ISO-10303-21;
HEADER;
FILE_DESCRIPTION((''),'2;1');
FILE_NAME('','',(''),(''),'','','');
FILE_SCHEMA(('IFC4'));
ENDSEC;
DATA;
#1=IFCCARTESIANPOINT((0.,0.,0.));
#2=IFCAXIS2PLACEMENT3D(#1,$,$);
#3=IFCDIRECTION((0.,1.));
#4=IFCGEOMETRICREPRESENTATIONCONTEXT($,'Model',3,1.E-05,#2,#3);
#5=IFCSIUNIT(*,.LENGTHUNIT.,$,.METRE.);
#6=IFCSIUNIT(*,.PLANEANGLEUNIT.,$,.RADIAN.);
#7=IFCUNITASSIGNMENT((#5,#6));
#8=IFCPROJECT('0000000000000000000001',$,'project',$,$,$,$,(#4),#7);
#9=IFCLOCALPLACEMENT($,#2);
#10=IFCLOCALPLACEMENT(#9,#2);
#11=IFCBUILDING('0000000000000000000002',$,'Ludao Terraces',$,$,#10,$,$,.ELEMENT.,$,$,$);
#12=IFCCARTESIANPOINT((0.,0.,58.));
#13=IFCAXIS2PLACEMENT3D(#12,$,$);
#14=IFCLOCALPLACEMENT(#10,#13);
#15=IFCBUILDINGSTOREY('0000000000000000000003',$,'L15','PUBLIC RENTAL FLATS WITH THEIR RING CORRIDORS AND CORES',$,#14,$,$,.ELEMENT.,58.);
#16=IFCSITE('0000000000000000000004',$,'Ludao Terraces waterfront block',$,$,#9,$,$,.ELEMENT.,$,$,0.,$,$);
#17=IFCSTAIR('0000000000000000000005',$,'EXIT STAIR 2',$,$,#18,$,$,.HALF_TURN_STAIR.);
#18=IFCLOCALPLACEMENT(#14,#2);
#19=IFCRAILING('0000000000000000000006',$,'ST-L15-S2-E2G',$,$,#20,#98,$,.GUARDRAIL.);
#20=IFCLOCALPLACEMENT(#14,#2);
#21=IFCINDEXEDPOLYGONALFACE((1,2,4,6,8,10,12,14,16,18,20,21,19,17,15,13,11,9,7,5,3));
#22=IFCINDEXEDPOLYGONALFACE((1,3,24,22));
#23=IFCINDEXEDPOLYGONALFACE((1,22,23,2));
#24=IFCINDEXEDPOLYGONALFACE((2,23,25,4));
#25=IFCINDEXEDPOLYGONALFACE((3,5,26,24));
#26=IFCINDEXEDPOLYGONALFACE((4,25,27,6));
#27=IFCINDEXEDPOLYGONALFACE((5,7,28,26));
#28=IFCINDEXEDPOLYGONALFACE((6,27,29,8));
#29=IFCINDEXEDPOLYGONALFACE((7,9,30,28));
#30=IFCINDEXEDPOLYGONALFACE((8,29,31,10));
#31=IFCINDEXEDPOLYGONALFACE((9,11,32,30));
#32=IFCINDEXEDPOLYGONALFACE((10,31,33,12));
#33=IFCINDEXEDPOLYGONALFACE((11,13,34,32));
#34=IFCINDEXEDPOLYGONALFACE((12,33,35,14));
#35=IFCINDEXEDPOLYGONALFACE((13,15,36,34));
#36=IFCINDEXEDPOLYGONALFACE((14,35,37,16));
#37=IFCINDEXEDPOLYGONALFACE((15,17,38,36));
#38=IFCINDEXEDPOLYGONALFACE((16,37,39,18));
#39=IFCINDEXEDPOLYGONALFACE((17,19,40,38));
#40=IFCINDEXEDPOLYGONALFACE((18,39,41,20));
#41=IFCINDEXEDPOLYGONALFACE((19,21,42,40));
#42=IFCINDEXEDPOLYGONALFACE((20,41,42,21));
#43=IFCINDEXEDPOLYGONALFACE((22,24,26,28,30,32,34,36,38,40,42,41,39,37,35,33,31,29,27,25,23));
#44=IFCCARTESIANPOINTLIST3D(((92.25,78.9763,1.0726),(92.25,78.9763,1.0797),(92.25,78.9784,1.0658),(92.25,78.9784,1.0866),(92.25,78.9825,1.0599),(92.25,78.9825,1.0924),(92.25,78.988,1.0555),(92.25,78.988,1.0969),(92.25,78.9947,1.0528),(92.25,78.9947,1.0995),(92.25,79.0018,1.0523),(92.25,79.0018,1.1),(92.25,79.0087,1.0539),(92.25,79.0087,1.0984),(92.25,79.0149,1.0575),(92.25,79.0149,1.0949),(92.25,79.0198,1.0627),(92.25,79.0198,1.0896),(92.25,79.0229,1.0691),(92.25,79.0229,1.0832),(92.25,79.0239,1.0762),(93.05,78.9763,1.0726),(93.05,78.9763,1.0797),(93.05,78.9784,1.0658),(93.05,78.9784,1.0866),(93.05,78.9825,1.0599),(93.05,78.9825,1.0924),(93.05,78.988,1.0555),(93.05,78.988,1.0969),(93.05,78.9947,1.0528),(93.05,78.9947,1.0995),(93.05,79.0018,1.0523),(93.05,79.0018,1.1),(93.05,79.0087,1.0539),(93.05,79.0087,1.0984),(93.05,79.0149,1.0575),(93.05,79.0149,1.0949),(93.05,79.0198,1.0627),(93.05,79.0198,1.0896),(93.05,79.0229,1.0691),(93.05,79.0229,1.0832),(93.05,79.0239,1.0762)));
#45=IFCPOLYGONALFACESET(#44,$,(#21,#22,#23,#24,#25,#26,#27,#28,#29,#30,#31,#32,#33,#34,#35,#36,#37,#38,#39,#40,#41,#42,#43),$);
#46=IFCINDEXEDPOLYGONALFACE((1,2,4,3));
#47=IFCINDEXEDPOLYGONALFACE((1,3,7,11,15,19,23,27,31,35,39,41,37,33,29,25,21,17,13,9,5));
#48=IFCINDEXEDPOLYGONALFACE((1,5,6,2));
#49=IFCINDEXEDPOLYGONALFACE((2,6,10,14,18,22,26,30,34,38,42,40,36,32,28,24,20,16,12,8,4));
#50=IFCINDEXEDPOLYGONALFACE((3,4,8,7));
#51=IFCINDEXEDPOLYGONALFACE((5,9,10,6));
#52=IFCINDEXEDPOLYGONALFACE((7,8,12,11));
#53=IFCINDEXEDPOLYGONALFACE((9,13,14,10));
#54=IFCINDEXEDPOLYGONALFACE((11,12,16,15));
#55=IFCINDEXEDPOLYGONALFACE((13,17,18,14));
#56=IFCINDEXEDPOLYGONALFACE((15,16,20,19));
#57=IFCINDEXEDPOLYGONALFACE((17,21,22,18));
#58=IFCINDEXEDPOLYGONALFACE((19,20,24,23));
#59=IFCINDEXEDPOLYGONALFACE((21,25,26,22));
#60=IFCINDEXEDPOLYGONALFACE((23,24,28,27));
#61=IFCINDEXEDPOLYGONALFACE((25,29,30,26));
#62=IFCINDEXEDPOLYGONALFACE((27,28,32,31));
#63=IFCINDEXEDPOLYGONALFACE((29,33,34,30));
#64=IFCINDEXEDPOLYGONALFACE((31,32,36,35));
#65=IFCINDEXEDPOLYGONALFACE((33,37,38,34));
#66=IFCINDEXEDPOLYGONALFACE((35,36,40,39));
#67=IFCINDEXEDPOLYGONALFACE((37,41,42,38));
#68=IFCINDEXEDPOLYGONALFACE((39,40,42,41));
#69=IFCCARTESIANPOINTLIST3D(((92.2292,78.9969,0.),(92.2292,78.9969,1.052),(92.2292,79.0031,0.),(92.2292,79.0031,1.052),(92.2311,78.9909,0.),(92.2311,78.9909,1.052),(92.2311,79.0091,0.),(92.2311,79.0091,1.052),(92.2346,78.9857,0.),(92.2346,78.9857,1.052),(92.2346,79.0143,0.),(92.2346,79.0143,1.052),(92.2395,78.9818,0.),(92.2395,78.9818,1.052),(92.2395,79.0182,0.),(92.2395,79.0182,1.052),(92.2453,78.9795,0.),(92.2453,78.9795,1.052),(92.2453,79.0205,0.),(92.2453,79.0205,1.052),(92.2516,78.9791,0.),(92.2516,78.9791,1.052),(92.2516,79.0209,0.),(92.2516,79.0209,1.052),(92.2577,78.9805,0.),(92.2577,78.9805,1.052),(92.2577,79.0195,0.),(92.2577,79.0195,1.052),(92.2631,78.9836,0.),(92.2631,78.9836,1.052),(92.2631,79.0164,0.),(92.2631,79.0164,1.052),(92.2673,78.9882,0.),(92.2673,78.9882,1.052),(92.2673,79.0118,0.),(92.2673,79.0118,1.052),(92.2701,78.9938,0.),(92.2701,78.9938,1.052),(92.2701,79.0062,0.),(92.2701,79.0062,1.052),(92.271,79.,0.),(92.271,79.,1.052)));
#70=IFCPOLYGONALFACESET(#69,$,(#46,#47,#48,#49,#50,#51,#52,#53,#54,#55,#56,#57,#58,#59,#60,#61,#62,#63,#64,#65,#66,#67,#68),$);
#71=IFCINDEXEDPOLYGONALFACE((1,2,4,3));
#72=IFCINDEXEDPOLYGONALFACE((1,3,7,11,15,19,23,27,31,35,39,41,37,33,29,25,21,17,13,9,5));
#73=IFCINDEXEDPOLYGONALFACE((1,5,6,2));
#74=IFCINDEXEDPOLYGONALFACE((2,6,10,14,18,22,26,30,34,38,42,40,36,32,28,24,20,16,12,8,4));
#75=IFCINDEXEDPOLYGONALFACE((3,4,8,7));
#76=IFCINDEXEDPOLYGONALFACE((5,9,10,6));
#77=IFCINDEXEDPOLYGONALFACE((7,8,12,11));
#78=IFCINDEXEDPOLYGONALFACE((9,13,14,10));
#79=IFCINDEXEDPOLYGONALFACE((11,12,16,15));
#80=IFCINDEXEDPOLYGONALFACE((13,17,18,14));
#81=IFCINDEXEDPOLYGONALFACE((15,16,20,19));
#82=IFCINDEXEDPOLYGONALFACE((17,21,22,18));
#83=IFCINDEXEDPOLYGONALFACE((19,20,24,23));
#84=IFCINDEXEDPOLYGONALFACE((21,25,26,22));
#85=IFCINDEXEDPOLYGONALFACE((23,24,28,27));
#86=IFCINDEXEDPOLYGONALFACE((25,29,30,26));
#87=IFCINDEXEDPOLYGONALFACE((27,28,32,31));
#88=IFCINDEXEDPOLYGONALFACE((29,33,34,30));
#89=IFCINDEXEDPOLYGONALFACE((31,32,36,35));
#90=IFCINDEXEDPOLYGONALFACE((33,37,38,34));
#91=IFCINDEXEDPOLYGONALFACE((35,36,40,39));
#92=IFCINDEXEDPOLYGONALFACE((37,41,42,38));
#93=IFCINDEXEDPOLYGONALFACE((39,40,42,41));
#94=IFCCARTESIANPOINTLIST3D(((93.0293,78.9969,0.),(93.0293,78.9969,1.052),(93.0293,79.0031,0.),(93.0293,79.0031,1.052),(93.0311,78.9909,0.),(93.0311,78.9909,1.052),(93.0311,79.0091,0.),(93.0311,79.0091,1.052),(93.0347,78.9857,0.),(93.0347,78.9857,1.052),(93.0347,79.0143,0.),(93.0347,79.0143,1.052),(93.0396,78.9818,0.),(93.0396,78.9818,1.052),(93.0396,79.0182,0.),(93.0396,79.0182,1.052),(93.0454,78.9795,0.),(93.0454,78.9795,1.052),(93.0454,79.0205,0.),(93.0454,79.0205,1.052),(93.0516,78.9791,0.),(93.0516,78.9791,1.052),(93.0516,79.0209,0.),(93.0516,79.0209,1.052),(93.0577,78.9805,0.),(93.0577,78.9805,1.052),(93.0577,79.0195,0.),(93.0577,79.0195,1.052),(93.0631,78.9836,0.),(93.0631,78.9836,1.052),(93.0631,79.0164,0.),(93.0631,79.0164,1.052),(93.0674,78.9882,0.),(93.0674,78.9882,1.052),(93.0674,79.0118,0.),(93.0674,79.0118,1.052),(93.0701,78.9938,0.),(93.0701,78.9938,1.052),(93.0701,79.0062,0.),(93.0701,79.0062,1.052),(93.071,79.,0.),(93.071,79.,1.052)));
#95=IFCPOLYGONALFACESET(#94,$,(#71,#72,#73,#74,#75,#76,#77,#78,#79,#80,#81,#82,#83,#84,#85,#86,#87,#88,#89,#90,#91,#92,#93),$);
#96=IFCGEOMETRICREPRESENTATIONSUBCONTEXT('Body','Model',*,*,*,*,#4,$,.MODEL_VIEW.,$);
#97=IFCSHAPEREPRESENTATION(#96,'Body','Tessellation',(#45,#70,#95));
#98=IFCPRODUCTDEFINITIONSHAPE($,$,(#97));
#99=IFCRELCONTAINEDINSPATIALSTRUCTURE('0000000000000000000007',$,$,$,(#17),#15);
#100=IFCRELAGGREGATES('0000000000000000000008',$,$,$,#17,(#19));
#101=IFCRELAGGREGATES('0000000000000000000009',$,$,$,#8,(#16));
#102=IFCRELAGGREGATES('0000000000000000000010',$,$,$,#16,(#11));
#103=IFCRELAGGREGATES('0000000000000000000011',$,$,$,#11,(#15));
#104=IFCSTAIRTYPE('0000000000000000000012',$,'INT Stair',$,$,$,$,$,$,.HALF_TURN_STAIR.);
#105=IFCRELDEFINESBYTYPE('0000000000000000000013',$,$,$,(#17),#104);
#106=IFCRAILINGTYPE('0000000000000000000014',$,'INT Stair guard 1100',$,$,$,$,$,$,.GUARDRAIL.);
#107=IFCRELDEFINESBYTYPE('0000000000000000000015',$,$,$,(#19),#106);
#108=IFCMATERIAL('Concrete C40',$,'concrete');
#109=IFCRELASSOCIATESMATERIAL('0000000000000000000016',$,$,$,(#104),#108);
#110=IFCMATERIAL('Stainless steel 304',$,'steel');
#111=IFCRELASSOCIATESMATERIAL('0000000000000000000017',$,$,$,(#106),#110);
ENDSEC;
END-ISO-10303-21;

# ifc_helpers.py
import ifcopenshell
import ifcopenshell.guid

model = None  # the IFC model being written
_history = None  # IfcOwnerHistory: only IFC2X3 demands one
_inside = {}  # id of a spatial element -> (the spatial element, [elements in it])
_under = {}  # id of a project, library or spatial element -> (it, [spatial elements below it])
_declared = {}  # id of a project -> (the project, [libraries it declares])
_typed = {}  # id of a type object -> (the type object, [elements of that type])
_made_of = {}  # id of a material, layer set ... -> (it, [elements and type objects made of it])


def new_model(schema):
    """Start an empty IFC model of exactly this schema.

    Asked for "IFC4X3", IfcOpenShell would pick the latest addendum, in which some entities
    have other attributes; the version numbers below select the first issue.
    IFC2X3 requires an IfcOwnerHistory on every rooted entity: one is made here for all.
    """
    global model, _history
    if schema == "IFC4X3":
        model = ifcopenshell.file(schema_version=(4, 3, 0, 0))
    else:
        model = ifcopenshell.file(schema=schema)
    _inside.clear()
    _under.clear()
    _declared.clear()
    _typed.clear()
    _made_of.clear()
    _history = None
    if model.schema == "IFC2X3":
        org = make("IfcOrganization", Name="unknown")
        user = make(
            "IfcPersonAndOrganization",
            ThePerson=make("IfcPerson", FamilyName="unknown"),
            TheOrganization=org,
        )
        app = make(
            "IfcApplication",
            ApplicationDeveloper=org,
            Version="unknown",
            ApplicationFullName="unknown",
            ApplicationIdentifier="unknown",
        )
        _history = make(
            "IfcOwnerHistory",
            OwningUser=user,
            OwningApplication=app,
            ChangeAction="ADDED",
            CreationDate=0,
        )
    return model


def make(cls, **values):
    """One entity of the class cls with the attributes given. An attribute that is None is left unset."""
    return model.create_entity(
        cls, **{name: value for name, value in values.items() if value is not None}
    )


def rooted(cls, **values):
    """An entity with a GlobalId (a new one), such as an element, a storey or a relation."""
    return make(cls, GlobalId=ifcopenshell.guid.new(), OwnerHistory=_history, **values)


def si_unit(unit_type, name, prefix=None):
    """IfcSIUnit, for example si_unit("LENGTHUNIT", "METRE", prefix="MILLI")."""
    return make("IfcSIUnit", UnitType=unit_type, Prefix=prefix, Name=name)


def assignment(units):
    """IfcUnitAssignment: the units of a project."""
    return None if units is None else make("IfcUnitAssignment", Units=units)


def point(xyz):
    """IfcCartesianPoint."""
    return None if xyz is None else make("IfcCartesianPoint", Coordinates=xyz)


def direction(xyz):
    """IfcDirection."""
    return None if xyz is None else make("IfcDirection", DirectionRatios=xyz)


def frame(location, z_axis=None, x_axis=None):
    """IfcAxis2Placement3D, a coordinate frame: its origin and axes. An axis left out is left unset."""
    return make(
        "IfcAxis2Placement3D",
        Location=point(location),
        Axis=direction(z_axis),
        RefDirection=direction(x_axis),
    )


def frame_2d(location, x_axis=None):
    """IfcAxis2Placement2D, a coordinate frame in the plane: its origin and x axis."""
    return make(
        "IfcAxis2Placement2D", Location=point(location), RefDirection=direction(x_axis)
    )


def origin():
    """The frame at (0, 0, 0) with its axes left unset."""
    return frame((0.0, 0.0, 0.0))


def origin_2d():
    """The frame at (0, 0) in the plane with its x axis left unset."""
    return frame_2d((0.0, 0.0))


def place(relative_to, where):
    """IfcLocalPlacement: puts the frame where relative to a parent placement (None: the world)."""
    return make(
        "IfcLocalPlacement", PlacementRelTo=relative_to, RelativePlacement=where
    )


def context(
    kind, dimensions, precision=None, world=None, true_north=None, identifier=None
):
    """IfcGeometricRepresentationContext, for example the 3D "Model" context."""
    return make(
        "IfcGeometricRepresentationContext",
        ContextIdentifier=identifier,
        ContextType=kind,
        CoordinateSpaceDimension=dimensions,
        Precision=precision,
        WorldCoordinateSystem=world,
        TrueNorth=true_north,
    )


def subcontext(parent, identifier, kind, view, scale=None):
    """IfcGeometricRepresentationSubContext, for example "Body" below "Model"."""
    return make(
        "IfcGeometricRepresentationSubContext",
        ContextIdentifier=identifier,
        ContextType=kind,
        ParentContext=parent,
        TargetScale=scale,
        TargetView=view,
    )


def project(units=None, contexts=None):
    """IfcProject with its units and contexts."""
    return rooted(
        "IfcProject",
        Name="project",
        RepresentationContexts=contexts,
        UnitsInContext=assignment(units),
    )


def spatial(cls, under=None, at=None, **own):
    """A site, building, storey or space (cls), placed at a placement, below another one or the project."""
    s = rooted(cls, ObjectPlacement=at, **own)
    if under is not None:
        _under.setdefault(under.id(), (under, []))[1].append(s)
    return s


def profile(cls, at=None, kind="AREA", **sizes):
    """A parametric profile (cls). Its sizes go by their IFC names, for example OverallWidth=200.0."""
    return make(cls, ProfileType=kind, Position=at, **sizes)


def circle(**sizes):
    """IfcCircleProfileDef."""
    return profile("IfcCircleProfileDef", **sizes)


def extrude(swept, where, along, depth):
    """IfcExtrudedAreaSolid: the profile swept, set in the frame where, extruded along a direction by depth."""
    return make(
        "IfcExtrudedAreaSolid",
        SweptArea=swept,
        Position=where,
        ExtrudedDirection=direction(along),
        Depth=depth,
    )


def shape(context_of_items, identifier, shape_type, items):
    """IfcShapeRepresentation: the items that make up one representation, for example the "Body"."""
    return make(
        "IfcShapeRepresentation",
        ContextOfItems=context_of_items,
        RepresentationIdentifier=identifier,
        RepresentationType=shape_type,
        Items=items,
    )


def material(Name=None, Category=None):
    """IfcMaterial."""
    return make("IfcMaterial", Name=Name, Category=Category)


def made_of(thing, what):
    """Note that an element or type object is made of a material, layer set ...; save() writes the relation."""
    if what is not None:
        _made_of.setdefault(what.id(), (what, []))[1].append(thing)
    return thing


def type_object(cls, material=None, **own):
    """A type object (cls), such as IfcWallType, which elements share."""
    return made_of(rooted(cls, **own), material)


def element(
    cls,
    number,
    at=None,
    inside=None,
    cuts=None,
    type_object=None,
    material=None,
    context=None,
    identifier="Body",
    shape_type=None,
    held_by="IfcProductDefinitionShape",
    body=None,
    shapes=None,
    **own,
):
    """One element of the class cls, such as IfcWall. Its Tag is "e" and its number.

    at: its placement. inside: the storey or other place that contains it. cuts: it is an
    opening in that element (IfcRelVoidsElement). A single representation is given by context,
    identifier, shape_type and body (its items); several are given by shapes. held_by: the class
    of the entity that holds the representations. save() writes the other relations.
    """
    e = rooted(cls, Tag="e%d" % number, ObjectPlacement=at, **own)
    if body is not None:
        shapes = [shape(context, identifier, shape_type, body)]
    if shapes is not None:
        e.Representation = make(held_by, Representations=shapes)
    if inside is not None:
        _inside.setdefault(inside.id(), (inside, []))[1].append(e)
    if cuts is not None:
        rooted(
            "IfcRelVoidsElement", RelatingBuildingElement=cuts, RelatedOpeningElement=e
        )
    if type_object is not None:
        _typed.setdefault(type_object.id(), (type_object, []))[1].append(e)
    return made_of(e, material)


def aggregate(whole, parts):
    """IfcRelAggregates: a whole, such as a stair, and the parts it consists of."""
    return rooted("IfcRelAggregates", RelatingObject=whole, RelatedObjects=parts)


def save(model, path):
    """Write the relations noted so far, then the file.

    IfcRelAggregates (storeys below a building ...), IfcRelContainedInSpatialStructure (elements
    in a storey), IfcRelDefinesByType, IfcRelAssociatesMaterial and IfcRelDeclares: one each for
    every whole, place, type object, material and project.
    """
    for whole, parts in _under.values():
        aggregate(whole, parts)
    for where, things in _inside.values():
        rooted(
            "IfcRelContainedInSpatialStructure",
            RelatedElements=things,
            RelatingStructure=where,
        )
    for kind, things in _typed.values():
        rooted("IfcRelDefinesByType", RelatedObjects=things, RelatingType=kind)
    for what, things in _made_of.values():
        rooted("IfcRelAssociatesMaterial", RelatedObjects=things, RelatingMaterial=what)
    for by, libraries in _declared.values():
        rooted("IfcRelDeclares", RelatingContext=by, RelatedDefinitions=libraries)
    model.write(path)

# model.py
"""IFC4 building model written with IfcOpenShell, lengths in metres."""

from ifc_helpers import new_model, si_unit, direction, frame, origin, origin_2d, place, context, subcontext, project, spatial, circle, extrude, material, type_object, element, aggregate, save


model = new_model("IFC4")

# Units and contexts
model_context = context("Model", 3, precision=1e-05, world=origin(), true_north=direction((0.0, 1.0)))
body_context = subcontext(model_context, "Body", "Model", "MODEL_VIEW")
ifc_project = project(units=[si_unit("LENGTHUNIT", "METRE"), si_unit("PLANEANGLEUNIT", "RADIAN")], contexts=[model_context])

# Site, building, storey
site_placement = place(None, origin())
site = spatial("IfcSite", under=ifc_project, at=site_placement, Name="Ludao Terraces waterfront block", CompositionType="ELEMENT", RefElevation=0.0)
building_placement = place(site_placement, origin())
building = spatial("IfcBuilding", under=site, at=building_placement, Name="Ludao Terraces", CompositionType="ELEMENT")
storey_placement = place(building_placement, frame((0.0, 0.0, 58.0)))
storey = spatial("IfcBuildingStorey", under=building, at=storey_placement, Name="L15", Description="PUBLIC RENTAL FLATS WITH THEIR RING CORRIDORS AND CORES", CompositionType="ELEMENT", Elevation=58.0)

# Shared definitions
ifc_material_1 = material(Name="Stainless steel 304", Category="steel")

# Stair, railing
ifc_material_2 = material(Name="Concrete C40", Category="concrete")
stair_type = type_object("IfcStairType", Name="INT Stair", PredefinedType="HALF_TURN_STAIR", material=ifc_material_2)
stair_placement = place(storey_placement, origin())
stair = element("IfcStair", 1, at=stair_placement, inside=storey, type_object=stair_type, Name="EXIT STAIR 2", PredefinedType="HALF_TURN_STAIR")
railing_type_1 = type_object("IfcRailingType", Name="INT Stair guard 1100", PredefinedType="GUARDRAIL", material=ifc_material_1)
railing_1_placement = place(storey_placement, frame((92.25, 79.0, 0.0)))
railing_1 = element("IfcRailing", 2, at=railing_1_placement, type_object=railing_type_1, Name="ST-L15-S2-E2G", PredefinedType="GUARDRAIL", context=body_context, shape_type="SweptSolid", body=[
    extrude(circle(Radius=0.0239, at=origin_2d()), frame((0.0, 0.0, 1.0762), z_axis=(1.0, 0.0, 0.0), x_axis=(0.0, 1.0, 0.0)), (0.0, 0.0, 1.0), 0.8),
    extrude(circle(Radius=0.021, at=origin_2d()), origin(), (0.0, 0.0, 1.0), 1.052),
    extrude(circle(Radius=0.021, at=origin_2d()), frame((0.8, 0.0, 0.0)), (0.0, 0.0, 1.0), 1.052),
])
aggregate(stair, [railing_1])

save(model, "model.ifc")
